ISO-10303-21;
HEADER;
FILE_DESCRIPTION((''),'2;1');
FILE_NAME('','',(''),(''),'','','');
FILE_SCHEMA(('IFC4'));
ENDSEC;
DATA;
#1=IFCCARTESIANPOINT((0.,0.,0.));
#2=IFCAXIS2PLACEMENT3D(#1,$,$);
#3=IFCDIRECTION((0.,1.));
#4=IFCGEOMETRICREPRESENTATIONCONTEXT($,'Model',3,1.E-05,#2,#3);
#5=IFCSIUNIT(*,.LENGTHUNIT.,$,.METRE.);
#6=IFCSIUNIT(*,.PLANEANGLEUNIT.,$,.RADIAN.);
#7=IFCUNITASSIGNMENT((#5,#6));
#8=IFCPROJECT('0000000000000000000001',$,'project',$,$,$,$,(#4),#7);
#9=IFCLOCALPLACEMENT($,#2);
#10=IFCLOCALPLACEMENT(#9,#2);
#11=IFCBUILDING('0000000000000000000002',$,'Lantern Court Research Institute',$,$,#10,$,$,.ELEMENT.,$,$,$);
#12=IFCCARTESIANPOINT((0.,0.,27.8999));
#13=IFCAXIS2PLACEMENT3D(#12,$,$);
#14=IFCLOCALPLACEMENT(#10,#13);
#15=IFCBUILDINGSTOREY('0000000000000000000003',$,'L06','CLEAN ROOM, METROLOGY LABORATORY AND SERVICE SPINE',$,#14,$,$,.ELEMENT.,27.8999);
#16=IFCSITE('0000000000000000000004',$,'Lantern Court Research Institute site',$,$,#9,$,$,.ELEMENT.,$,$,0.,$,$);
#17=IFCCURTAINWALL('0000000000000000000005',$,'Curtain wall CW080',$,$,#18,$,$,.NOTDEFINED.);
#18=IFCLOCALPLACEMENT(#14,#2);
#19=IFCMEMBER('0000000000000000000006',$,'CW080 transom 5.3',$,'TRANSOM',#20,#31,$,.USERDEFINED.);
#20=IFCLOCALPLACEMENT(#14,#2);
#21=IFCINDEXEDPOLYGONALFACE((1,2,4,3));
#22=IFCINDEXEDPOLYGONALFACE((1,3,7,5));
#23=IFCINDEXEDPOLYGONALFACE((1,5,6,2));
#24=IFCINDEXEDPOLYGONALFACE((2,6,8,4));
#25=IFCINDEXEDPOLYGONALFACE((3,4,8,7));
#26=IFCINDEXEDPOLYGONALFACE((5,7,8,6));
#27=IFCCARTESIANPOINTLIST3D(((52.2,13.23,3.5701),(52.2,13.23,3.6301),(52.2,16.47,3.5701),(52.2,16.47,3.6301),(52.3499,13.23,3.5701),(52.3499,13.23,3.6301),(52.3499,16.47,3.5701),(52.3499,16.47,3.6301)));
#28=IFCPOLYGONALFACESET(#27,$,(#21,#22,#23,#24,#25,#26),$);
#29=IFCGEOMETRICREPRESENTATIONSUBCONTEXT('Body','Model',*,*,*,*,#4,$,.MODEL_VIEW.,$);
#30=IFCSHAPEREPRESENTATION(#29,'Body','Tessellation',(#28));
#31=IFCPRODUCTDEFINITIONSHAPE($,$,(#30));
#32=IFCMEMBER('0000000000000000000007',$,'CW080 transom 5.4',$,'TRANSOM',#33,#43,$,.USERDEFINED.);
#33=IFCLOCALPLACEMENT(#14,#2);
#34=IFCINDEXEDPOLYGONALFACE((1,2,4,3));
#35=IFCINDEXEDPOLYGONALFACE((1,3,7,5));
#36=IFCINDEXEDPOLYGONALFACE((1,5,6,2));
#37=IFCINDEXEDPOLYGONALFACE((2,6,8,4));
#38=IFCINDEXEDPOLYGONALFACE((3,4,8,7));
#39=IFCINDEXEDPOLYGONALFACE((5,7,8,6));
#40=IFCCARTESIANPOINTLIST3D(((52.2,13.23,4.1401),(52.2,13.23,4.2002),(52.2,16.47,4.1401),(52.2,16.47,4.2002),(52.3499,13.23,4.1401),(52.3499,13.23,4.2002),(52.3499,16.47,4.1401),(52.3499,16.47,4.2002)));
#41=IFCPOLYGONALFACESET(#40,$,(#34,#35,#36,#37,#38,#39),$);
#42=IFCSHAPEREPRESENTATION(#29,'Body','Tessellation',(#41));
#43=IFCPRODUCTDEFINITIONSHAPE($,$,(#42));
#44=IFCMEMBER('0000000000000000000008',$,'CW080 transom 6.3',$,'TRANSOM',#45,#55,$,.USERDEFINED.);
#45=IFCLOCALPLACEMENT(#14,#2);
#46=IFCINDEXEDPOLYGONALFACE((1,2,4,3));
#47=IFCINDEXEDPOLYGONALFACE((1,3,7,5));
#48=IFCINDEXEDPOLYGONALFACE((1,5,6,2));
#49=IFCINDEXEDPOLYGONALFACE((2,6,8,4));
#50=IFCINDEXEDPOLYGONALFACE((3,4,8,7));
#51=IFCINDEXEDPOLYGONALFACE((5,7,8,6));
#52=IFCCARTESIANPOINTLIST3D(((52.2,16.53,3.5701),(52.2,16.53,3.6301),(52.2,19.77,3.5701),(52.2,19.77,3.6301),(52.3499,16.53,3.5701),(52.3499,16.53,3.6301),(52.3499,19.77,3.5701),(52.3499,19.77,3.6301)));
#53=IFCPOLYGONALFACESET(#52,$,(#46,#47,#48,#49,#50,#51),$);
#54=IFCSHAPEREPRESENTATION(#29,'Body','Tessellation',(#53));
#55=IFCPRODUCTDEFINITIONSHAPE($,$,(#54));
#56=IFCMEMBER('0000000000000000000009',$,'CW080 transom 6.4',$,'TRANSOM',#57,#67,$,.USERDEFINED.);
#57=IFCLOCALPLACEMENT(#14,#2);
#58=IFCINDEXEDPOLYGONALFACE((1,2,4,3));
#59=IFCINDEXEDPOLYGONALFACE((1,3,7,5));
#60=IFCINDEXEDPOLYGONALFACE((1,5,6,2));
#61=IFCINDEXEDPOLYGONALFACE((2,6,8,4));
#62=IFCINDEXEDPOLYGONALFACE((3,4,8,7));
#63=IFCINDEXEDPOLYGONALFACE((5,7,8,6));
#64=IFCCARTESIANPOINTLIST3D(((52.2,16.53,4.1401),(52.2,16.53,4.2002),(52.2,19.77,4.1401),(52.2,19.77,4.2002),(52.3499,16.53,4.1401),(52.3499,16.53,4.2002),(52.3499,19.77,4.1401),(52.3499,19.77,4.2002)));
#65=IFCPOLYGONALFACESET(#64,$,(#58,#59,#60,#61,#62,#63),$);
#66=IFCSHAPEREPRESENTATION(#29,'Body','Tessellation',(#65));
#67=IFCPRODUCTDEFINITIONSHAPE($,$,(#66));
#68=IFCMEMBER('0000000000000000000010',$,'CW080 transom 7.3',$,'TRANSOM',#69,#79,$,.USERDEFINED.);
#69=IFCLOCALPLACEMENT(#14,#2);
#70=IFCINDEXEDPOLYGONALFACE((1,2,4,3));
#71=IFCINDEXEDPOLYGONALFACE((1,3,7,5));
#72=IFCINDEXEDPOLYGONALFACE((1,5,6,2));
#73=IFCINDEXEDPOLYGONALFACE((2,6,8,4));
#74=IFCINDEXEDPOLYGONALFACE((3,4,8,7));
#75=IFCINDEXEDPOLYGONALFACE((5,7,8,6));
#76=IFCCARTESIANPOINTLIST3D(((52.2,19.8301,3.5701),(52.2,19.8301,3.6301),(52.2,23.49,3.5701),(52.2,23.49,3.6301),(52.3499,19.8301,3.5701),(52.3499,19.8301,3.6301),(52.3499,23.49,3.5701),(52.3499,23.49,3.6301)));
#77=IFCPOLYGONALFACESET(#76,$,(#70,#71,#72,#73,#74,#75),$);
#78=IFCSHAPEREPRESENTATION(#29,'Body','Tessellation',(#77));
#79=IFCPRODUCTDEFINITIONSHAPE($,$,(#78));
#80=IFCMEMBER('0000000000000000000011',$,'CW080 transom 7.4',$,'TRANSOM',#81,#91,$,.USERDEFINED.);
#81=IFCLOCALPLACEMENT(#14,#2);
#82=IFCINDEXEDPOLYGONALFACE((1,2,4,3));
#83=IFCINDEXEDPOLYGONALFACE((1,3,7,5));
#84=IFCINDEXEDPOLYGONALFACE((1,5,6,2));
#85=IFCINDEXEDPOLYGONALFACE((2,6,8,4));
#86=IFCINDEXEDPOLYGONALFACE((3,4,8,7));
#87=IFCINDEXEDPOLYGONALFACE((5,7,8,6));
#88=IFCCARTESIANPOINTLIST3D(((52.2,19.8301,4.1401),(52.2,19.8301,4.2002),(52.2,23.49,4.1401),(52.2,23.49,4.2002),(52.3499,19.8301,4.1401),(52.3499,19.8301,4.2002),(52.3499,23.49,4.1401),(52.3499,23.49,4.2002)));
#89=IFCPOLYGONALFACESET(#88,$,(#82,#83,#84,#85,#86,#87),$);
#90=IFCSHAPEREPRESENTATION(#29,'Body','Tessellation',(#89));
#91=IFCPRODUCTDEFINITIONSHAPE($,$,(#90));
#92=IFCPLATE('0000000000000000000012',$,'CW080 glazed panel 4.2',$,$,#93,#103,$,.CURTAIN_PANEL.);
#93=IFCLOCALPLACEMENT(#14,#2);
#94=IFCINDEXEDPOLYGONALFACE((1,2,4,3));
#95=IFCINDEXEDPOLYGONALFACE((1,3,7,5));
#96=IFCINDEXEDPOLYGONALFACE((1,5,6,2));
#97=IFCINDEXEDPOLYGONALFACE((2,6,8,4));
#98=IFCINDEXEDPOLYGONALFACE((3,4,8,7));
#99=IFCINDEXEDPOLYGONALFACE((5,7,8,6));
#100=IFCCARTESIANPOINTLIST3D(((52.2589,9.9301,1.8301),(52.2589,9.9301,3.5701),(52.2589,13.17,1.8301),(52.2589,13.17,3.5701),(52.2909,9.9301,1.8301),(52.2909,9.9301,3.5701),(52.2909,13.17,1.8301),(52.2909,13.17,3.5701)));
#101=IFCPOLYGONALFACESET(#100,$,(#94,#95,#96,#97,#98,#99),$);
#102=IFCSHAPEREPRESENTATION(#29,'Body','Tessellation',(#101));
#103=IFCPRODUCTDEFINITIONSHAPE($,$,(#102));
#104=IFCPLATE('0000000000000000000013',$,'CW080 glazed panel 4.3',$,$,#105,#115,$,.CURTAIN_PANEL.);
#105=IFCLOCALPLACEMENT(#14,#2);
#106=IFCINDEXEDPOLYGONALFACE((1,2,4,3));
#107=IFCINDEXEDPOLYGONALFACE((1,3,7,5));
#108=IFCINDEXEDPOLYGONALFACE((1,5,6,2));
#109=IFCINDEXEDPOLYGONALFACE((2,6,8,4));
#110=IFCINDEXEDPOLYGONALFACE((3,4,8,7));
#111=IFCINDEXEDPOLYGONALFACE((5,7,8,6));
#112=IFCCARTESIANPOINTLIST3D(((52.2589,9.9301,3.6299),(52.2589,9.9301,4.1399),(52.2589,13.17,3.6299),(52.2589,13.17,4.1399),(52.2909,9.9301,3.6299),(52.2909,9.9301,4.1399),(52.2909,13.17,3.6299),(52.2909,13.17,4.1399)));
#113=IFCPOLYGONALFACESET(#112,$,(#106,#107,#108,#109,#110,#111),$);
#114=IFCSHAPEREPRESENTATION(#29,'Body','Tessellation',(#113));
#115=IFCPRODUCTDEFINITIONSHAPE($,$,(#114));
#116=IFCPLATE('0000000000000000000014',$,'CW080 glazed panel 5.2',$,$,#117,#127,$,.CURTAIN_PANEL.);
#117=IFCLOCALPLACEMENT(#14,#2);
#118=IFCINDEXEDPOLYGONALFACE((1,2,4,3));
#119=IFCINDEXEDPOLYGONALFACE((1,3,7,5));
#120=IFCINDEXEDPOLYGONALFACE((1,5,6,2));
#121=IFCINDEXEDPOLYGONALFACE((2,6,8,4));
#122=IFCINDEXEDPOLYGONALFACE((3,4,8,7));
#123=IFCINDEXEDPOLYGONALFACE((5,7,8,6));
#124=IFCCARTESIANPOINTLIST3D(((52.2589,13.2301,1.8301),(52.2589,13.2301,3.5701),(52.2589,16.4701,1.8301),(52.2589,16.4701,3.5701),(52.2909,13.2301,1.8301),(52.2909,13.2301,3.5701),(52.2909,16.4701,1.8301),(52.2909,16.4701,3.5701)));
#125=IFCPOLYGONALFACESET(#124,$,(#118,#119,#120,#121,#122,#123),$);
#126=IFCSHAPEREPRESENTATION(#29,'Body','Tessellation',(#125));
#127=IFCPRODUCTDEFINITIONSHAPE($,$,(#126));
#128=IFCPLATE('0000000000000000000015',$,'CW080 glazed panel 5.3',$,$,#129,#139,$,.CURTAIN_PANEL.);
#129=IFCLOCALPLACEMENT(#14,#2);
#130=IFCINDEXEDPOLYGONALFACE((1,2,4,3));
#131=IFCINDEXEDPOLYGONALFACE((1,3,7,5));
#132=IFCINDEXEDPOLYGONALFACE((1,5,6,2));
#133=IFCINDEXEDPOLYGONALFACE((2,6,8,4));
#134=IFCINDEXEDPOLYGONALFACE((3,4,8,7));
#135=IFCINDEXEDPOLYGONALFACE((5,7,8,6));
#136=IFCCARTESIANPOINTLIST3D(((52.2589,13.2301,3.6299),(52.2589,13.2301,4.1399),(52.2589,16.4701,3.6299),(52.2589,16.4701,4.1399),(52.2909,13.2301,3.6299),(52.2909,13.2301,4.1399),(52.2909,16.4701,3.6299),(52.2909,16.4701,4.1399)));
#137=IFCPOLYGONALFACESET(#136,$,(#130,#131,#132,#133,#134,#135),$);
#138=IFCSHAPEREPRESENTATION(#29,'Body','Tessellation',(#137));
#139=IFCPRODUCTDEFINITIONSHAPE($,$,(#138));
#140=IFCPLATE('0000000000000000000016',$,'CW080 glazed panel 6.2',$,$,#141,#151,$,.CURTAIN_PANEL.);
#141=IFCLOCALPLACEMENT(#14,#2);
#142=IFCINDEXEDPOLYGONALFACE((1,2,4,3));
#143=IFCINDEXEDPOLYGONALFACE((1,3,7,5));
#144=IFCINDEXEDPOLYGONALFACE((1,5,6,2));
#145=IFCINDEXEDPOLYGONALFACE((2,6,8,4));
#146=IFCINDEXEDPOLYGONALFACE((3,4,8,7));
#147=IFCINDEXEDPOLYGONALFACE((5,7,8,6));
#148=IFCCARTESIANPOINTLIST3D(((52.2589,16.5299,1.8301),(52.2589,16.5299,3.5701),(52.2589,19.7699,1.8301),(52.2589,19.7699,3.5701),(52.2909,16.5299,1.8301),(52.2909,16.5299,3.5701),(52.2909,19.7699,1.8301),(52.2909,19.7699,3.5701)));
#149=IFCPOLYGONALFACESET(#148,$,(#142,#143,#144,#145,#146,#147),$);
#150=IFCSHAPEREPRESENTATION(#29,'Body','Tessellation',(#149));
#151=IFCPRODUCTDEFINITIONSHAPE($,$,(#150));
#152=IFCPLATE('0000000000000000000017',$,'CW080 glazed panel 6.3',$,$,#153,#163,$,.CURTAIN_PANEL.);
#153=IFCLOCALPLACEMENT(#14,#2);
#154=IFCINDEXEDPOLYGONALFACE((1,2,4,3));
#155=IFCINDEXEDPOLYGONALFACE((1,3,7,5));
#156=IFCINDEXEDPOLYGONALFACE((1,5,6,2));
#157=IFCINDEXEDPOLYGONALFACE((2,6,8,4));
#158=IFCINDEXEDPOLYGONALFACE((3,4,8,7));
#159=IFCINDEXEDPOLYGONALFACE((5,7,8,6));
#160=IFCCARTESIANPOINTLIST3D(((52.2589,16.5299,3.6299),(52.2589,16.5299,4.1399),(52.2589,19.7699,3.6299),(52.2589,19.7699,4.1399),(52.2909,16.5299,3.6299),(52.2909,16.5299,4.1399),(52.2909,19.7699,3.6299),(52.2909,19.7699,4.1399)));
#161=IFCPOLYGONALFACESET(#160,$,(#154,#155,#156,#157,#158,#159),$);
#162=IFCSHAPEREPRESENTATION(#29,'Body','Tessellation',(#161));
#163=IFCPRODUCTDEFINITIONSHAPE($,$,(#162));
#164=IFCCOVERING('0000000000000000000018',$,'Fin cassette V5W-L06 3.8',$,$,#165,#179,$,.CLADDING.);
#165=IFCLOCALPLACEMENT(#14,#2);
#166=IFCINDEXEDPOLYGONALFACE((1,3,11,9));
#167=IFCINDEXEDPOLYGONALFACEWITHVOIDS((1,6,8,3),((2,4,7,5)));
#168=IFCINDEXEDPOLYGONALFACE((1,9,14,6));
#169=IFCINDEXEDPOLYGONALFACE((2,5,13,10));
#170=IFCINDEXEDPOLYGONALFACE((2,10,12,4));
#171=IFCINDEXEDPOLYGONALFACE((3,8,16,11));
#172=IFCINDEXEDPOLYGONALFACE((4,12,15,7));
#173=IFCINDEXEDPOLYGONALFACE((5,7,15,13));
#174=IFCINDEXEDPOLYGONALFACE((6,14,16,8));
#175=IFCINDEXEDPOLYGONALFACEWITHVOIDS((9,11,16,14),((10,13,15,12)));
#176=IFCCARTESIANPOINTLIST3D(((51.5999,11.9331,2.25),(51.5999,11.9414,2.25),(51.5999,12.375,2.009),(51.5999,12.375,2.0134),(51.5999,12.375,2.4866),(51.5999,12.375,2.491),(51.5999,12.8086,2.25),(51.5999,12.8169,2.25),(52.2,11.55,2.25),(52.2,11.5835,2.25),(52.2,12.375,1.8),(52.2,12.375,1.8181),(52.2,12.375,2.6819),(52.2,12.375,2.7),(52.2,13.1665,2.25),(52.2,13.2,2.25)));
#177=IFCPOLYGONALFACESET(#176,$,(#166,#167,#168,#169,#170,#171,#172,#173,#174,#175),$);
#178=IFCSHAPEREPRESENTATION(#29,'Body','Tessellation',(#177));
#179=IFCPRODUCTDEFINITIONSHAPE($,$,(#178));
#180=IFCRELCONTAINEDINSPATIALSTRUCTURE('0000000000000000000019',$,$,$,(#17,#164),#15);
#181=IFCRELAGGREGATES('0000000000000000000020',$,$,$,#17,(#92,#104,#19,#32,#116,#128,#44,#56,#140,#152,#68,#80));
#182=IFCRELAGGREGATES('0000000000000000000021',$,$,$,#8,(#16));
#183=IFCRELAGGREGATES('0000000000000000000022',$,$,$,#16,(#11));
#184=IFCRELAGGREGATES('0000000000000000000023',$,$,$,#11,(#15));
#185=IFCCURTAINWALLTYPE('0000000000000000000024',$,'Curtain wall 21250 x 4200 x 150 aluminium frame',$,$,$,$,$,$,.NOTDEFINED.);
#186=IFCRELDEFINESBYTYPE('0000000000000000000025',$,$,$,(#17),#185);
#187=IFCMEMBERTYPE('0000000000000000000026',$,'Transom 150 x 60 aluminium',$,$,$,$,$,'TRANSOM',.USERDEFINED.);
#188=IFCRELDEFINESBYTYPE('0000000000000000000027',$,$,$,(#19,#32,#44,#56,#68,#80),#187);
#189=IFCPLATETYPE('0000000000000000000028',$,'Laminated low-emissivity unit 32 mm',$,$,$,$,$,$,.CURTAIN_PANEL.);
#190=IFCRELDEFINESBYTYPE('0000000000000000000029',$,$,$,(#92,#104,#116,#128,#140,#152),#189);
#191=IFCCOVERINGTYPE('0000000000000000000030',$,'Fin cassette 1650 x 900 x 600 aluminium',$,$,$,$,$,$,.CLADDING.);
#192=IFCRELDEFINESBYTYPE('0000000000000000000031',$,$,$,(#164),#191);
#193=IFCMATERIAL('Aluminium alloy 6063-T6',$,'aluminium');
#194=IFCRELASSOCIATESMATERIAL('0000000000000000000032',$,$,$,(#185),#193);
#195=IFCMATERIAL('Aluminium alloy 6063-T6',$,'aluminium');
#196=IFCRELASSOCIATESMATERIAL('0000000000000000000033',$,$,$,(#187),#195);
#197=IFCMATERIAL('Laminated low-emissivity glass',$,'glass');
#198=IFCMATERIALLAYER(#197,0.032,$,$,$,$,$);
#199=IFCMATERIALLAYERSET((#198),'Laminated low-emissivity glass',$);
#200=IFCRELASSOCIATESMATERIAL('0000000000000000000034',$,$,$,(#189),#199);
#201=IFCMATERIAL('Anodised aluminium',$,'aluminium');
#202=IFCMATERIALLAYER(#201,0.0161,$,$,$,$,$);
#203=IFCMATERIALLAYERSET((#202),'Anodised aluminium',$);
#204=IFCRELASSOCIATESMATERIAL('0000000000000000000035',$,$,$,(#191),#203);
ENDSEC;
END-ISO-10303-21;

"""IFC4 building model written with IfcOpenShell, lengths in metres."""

from ifc_helpers import new_model, entity, si_unit, direction, frame, origin, origin_2d, place, context, subcontext, project, spatial, rectangle, extrude, material, layer, layer_set, material_profile, profile_set, type_object, element, aggregate, save


model = new_model("IFC4")

# Units and contexts
model_context = context("Model", 3, precision=1e-05, world=origin(), true_north=direction((0.0, 1.0)))
body_context = subcontext(model_context, "Body", "Model", "MODEL_VIEW")
ifc_project = project(units=[si_unit("LENGTHUNIT", "METRE"), si_unit("PLANEANGLEUNIT", "RADIAN")], contexts=[model_context])

# Site, building, storey
site_placement = place(None, origin())
site = spatial("IfcSite", under=ifc_project, at=site_placement, Name="Lantern Court Research Institute site", CompositionType="ELEMENT", RefElevation=0.0)
building_placement = place(site_placement, origin())
building = spatial("IfcBuilding", under=site, at=building_placement, Name="Lantern Court Research Institute", CompositionType="ELEMENT")
storey_placement = place(building_placement, frame((0.0, 0.0, 27.8999)))
storey = spatial("IfcBuildingStorey", under=building, at=storey_placement, Name="L06", Description="CLEAN ROOM, METROLOGY LABORATORY AND SERVICE SPINE", CompositionType="ELEMENT", Elevation=27.8999)

# Curtain wall, members, plates
ifc_material_1 = material(Name="Aluminium alloy 6063-T6", Category="aluminium")
curtain_wall_type = type_object("IfcCurtainWallType", Name="Curtain wall 21250 x 4200 x 150 aluminium frame", PredefinedType="NOTDEFINED", material=ifc_material_1)
curtain_wall_placement = place(storey_placement, origin())
curtain_wall = element("IfcCurtainWall", 1, at=curtain_wall_placement, inside=storey, type_object=curtain_wall_type, Name="Curtain wall CW080", PredefinedType="NOTDEFINED")
ifc_material_2 = material(Name="Aluminium alloy 6063-T6", Category="aluminium")
ifc_material_profile = material_profile(ifc_material_2, rectangle(XDim=0.1499, YDim=0.0601, at=origin_2d()), Name="Transom 150 x 60")
ifc_profile_set = profile_set([ifc_material_profile], Name="Aluminium alloy 6063-T6")
member_type = type_object("IfcMemberType", Name="Transom 150 x 60 aluminium", ElementType="TRANSOM", PredefinedType="USERDEFINED", material=ifc_profile_set)
member_1_placement = place(storey_placement, frame((52.2749, 13.23, 3.6001), z_axis=(0.0, 1.0, 0.0), x_axis=(-1.0, 0.0, 0.0)))
member_1 = element("IfcMember", 2, at=member_1_placement, type_object=member_type, Name="CW080 transom 5.3", ObjectType="TRANSOM", PredefinedType="USERDEFINED", context=body_context, shape_type="SweptSolid", body=[
    extrude(rectangle(XDim=0.1499, YDim=0.0601, at=origin_2d()), origin(), (0.0, 0.0, 1.0), 3.24),
])
member_2_placement = place(storey_placement, frame((52.2749, 13.23, 4.1702), z_axis=(0.0, 1.0, 0.0), x_axis=(-1.0, 0.0, 0.0)))
member_2 = element("IfcMember", 3, at=member_2_placement, type_object=member_type, Name="CW080 transom 5.4", ObjectType="TRANSOM", PredefinedType="USERDEFINED", context=body_context, shape_type="SweptSolid", body=[
    extrude(rectangle(XDim=0.1499, YDim=0.0601, at=origin_2d()), origin(), (0.0, 0.0, 1.0), 3.24),
])
member_3_placement = place(storey_placement, frame((52.2749, 16.53, 3.6001), z_axis=(0.0, 1.0, 0.0), x_axis=(-1.0, 0.0, 0.0)))
member_3 = element("IfcMember", 4, at=member_3_placement, type_object=member_type, Name="CW080 transom 6.3", ObjectType="TRANSOM", PredefinedType="USERDEFINED", context=body_context, shape_type="SweptSolid", body=[
    extrude(rectangle(XDim=0.1499, YDim=0.0601, at=origin_2d()), origin(), (0.0, 0.0, 1.0), 3.24),
])
member_4_placement = place(storey_placement, frame((52.2749, 16.53, 4.1702), z_axis=(0.0, 1.0, 0.0), x_axis=(-1.0, 0.0, 0.0)))
member_4 = element("IfcMember", 5, at=member_4_placement, type_object=member_type, Name="CW080 transom 6.4", ObjectType="TRANSOM", PredefinedType="USERDEFINED", context=body_context, shape_type="SweptSolid", body=[
    extrude(rectangle(XDim=0.1499, YDim=0.0601, at=origin_2d()), origin(), (0.0, 0.0, 1.0), 3.24),
])
member_5_placement = place(storey_placement, frame((52.2749, 19.8301, 3.6001), z_axis=(0.0, 1.0, 0.0), x_axis=(-1.0, 0.0, 0.0)))
member_5 = element("IfcMember", 6, at=member_5_placement, type_object=member_type, Name="CW080 transom 7.3", ObjectType="TRANSOM", PredefinedType="USERDEFINED", context=body_context, shape_type="SweptSolid", body=[
    extrude(rectangle(XDim=0.1499, YDim=0.0601, at=origin_2d()), origin(), (0.0, 0.0, 1.0), 3.6599),
])
member_6_placement = place(storey_placement, frame((52.2749, 19.8301, 4.1702), z_axis=(0.0, 1.0, 0.0), x_axis=(-1.0, 0.0, 0.0)))
member_6 = element("IfcMember", 7, at=member_6_placement, type_object=member_type, Name="CW080 transom 7.4", ObjectType="TRANSOM", PredefinedType="USERDEFINED", context=body_context, shape_type="SweptSolid", body=[
    extrude(rectangle(XDim=0.1499, YDim=0.0601, at=origin_2d()), origin(), (0.0, 0.0, 1.0), 3.6599),
])
ifc_material_3 = material(Name="Laminated low-emissivity glass", Category="glass")
ifc_layer_1 = layer(ifc_material_3, 0.032)
ifc_layer_set_1 = layer_set([ifc_layer_1], Name="Laminated low-emissivity glass")
plate_type = type_object("IfcPlateType", Name="Laminated low-emissivity unit 32 mm", PredefinedType="CURTAIN_PANEL", material=ifc_layer_set_1)
plate_1_placement = place(storey_placement, frame((52.2749, 11.55, 1.8301), z_axis=(0.0, 0.0, 1.0), x_axis=(0.0, 1.0, 0.0)))
plate_1 = element("IfcPlate", 8, at=plate_1_placement, type_object=plate_type, Name="CW080 glazed panel 4.2", PredefinedType="CURTAIN_PANEL", context=body_context, shape_type="SweptSolid", body=[
    extrude(rectangle(XDim=3.24, YDim=0.032, at=origin_2d()), origin(), (0.0, 0.0, 1.0), 1.74),
])
plate_2_placement = place(storey_placement, frame((52.2749, 11.55, 3.6299), z_axis=(0.0, 0.0, 1.0), x_axis=(0.0, 1.0, 0.0)))
plate_2 = element("IfcPlate", 9, at=plate_2_placement, type_object=plate_type, Name="CW080 glazed panel 4.3", PredefinedType="CURTAIN_PANEL", context=body_context, shape_type="SweptSolid", body=[
    extrude(rectangle(XDim=3.24, YDim=0.032, at=origin_2d()), origin(), (0.0, 0.0, 1.0), 0.51),
])
plate_3_placement = place(storey_placement, frame((52.2749, 14.8501, 1.8301), z_axis=(0.0, 0.0, 1.0), x_axis=(0.0, 1.0, 0.0)))
plate_3 = element("IfcPlate", 10, at=plate_3_placement, type_object=plate_type, Name="CW080 glazed panel 5.2", PredefinedType="CURTAIN_PANEL", context=body_context, shape_type="SweptSolid", body=[
    extrude(rectangle(XDim=3.24, YDim=0.032, at=origin_2d()), origin(), (0.0, 0.0, 1.0), 1.74),
])
plate_4_placement = place(storey_placement, frame((52.2749, 14.8501, 3.6299), z_axis=(0.0, 0.0, 1.0), x_axis=(0.0, 1.0, 0.0)))
plate_4 = element("IfcPlate", 11, at=plate_4_placement, type_object=plate_type, Name="CW080 glazed panel 5.3", PredefinedType="CURTAIN_PANEL", context=body_context, shape_type="SweptSolid", body=[
    extrude(rectangle(XDim=3.24, YDim=0.032, at=origin_2d()), origin(), (0.0, 0.0, 1.0), 0.51),
])
plate_5_placement = place(storey_placement, frame((52.2749, 18.1499, 1.8301), z_axis=(0.0, 0.0, 1.0), x_axis=(0.0, 1.0, 0.0)))
plate_5 = element("IfcPlate", 12, at=plate_5_placement, type_object=plate_type, Name="CW080 glazed panel 6.2", PredefinedType="CURTAIN_PANEL", context=body_context, shape_type="SweptSolid", body=[
    extrude(rectangle(XDim=3.24, YDim=0.032, at=origin_2d()), origin(), (0.0, 0.0, 1.0), 1.74),
])
plate_6_placement = place(storey_placement, frame((52.2749, 18.1499, 3.6299), z_axis=(0.0, 0.0, 1.0), x_axis=(0.0, 1.0, 0.0)))
plate_6 = element("IfcPlate", 13, at=plate_6_placement, type_object=plate_type, Name="CW080 glazed panel 6.3", PredefinedType="CURTAIN_PANEL", context=body_context, shape_type="SweptSolid", body=[
    extrude(rectangle(XDim=3.24, YDim=0.032, at=origin_2d()), origin(), (0.0, 0.0, 1.0), 0.51),
])
aggregate(curtain_wall, [plate_1, plate_2, member_1, member_2, plate_3, plate_4, member_3, member_4, plate_5, plate_6, member_5, member_6])

# Covering
ifc_material_4 = material(Name="Anodised aluminium", Category="aluminium")
ifc_layer_2 = layer(ifc_material_4, 0.0161)
ifc_layer_set_2 = layer_set([ifc_layer_2], Name="Anodised aluminium")
covering_type = type_object("IfcCoveringType", Name="Fin cassette 1650 x 900 x 600 aluminium", PredefinedType="CLADDING", material=ifc_layer_set_2)
covering_1_placement = place(storey_placement, frame((52.2, 12.375, 2.25), z_axis=(-1.0, 0.0, 0.0), x_axis=(0.0, -1.0, 0.0)))
cartesian_point_1 = entity("IfcCartesianPoint", [0.825, 0.0])
cartesian_point_2 = entity("IfcCartesianPoint", [0.7915, 0.0])
cartesian_point_3 = entity("IfcCartesianPoint", [0.4419, 0.0])
cartesian_point_4 = entity("IfcCartesianPoint", [0.4336, 0.0])
element("IfcCovering", 14, at=covering_1_placement, inside=storey, type_object=covering_type, Name="Fin cassette V5W-L06 3.8", PredefinedType="CLADDING", context=body_context, shape_type="SweptSolid", body=[
    entity("IfcExtrudedAreaSolidTapered", entity("IfcArbitraryProfileDefWithVoids", "AREA", None, entity("IfcPolyline", [cartesian_point_1, entity("IfcCartesianPoint", [0.0, 0.45]), entity("IfcCartesianPoint", [-0.825, 0.0]), entity("IfcCartesianPoint", [0.0, -0.45]), cartesian_point_1]), [entity("IfcPolyline", [cartesian_point_2, entity("IfcCartesianPoint", [0.0, 0.4319]), entity("IfcCartesianPoint", [-0.7915, 0.0]), entity("IfcCartesianPoint", [0.0, -0.4319]), cartesian_point_2])]), entity("IfcAxis2Placement3D", entity("IfcCartesianPoint", [0.0, 0.0, 0.0])), entity("IfcDirection", [0.0, 0.0, 1.0]), 0.6001, entity("IfcArbitraryProfileDefWithVoids", "AREA", None, entity("IfcPolyline", [cartesian_point_3, entity("IfcCartesianPoint", [0.0, 0.241]), entity("IfcCartesianPoint", [-0.4419, 0.0]), entity("IfcCartesianPoint", [0.0, -0.241]), cartesian_point_3]), [entity("IfcPolyline", [cartesian_point_4, entity("IfcCartesianPoint", [0.0, 0.2366]), entity("IfcCartesianPoint", [-0.4336, 0.0]), entity("IfcCartesianPoint", [0.0, -0.2366]), cartesian_point_4])])),
])

save(model, "model.ifc")
